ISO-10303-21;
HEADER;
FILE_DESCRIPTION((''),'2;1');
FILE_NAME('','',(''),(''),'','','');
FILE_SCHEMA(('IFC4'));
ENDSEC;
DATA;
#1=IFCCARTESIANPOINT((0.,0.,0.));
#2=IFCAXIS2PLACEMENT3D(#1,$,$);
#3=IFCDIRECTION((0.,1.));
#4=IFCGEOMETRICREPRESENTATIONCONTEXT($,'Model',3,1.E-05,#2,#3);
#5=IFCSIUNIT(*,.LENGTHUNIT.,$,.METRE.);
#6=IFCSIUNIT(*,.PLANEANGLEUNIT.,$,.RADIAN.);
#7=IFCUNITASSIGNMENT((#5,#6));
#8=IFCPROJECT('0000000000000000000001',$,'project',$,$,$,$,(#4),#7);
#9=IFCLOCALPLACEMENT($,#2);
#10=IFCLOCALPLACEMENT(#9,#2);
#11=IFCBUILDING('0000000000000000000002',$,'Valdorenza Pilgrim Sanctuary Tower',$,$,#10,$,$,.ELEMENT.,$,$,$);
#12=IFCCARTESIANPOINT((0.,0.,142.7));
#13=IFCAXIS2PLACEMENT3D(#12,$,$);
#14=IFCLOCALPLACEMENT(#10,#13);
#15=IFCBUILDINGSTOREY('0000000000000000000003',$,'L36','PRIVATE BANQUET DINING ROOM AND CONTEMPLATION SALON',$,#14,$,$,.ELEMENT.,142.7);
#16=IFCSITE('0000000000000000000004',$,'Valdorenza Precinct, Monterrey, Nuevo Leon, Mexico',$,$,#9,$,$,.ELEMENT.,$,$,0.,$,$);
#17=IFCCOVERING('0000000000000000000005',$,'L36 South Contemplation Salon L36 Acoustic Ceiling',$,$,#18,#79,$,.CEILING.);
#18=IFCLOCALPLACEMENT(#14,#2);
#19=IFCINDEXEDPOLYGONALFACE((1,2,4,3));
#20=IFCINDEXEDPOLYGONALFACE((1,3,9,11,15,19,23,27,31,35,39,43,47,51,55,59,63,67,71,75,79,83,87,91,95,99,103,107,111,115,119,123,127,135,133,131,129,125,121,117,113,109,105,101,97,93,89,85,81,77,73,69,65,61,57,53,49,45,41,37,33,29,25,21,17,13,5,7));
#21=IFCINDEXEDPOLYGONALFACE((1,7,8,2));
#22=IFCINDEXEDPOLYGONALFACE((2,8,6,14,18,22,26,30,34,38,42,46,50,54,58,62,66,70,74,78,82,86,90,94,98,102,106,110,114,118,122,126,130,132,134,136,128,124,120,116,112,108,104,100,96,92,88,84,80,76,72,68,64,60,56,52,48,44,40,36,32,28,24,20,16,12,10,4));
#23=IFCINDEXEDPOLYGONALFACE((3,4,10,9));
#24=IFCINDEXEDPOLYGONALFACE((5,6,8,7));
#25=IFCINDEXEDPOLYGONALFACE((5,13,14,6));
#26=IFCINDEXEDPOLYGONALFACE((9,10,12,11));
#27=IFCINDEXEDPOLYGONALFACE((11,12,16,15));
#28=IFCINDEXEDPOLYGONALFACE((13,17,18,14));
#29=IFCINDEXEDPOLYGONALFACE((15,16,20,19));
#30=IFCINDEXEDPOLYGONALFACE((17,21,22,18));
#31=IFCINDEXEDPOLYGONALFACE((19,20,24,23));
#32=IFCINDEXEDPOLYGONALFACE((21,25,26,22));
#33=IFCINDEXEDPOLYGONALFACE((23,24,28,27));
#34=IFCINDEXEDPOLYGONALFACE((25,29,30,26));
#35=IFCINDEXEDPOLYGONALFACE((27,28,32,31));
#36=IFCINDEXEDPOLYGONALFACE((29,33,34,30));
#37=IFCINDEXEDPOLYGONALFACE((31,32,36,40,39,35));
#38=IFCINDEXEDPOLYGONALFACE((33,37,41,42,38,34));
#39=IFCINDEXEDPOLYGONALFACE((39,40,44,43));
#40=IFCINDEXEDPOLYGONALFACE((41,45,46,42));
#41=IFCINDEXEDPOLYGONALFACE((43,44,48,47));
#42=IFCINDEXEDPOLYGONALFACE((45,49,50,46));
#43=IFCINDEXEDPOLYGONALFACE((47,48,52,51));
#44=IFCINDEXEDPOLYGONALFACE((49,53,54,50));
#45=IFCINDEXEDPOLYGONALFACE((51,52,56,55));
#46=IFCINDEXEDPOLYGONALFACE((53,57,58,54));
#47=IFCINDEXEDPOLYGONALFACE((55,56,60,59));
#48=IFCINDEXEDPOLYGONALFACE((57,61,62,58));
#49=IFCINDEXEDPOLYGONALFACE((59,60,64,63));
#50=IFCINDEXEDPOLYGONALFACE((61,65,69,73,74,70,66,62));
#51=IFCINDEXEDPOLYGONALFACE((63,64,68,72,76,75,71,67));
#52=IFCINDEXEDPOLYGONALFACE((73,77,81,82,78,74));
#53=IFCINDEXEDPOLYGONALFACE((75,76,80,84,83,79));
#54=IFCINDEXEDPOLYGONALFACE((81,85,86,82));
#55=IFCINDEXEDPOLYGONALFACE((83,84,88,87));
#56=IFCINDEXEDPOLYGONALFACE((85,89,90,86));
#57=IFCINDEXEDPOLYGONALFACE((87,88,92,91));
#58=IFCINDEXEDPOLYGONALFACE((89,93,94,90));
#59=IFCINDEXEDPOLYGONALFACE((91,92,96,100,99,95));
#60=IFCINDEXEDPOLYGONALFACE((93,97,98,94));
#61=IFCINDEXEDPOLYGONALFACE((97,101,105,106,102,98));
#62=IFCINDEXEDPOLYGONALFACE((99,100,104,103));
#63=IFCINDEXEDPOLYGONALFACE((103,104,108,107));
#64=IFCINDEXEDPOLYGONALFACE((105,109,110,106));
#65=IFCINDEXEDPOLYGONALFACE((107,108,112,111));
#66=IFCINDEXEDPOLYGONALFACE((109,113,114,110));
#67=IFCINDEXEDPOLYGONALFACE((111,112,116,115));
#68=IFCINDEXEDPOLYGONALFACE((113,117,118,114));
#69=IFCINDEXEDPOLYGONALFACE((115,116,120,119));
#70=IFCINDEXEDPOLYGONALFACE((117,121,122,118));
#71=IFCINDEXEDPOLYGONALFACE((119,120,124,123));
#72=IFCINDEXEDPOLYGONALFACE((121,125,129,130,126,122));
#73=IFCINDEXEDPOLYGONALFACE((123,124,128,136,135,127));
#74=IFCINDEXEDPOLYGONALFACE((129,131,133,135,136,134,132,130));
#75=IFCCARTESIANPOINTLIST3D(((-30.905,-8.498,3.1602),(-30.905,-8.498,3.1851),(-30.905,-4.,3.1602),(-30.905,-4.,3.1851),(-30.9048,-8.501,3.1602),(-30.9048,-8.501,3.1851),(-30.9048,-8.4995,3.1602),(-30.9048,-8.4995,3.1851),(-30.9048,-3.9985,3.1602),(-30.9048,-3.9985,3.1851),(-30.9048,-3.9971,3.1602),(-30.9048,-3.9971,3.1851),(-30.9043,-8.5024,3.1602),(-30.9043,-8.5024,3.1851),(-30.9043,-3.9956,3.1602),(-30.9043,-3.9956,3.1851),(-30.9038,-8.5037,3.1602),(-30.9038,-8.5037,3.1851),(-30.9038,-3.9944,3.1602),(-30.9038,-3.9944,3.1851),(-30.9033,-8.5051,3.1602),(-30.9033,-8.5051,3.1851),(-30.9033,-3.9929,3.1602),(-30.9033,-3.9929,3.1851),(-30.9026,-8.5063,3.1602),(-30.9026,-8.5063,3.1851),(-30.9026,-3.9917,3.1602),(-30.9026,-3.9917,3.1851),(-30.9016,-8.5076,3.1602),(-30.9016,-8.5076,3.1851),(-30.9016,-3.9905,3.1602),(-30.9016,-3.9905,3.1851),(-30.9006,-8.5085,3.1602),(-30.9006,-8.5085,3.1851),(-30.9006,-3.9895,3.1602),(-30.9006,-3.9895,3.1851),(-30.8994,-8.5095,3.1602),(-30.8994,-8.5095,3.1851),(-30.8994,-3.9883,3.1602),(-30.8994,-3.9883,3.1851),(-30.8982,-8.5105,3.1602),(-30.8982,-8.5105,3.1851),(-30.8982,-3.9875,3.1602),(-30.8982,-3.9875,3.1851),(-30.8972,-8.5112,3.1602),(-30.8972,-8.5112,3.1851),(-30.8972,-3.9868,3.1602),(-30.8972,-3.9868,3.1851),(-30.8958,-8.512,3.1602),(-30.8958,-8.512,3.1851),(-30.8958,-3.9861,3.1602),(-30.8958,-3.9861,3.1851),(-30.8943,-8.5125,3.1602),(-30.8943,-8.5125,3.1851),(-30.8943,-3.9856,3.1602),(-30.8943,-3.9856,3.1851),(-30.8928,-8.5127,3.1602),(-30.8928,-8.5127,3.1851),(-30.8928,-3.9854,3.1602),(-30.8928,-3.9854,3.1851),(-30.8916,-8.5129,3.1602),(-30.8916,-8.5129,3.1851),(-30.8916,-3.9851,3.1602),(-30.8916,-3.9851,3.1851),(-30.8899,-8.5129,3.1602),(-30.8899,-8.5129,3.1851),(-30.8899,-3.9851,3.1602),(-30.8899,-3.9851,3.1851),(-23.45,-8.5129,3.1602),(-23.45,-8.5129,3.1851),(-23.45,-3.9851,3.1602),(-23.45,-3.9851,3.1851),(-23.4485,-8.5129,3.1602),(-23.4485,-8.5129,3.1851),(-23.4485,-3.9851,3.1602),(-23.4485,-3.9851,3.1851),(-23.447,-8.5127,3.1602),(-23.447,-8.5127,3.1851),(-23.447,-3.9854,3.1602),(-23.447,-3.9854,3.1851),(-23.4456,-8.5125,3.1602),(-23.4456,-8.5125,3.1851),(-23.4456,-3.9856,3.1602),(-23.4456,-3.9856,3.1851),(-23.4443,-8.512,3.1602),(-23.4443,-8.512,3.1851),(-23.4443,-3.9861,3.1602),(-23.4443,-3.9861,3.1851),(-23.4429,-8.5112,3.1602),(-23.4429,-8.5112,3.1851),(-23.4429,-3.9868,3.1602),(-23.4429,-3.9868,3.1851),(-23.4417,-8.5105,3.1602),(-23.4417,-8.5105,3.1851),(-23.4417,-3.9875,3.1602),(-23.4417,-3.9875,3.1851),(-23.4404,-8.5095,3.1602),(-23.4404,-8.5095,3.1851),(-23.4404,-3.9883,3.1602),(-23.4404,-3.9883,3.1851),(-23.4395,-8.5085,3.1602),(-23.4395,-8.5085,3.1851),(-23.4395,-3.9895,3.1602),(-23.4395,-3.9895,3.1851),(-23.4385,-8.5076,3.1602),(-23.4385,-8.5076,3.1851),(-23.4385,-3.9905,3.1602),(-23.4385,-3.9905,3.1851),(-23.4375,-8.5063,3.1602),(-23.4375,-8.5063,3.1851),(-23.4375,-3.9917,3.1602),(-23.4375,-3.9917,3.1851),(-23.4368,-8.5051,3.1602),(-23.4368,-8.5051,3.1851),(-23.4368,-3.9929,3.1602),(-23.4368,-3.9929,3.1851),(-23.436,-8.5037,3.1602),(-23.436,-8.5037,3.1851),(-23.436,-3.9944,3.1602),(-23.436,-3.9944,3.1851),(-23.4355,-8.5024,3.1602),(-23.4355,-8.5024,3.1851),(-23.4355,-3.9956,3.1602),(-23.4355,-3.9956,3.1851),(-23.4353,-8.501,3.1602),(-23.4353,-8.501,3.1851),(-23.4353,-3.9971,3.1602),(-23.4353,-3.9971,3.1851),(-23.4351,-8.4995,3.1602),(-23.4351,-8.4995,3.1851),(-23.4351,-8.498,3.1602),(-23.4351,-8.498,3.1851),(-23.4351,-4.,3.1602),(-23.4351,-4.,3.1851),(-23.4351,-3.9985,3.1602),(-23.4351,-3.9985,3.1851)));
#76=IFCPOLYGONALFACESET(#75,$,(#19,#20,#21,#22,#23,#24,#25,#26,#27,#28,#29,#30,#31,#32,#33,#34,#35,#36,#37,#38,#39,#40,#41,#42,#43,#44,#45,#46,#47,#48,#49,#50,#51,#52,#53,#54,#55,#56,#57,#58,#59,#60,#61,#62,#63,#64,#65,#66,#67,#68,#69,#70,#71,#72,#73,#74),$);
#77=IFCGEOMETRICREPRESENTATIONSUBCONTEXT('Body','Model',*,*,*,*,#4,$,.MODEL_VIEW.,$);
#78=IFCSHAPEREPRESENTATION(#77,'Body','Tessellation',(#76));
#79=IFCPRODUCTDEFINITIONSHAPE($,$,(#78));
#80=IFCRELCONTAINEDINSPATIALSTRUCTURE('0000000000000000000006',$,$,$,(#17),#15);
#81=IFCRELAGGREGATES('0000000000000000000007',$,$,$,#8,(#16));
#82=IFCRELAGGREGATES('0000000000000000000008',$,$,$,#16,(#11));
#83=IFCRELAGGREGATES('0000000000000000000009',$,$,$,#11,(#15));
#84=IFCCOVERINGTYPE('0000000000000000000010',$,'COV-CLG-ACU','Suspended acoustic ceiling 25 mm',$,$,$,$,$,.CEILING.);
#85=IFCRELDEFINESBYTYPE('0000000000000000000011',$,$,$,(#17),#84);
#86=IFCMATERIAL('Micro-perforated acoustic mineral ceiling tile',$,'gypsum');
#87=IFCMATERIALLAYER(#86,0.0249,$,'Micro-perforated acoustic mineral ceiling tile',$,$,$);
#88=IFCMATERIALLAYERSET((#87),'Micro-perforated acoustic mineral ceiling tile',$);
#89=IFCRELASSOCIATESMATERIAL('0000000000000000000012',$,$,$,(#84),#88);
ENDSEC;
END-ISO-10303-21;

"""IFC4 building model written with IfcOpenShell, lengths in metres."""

from ifc_helpers import new_model, si_unit, direction, frame, origin, place, context, subcontext, project, spatial, polyline, outline, extrude, material, layer, layer_set, type_object, element, save


model = new_model("IFC4")

# Units and contexts
model_context = context("Model", 3, precision=1e-05, world=origin(), true_north=direction((0.0, 1.0)))
body_context = subcontext(model_context, "Body", "Model", "MODEL_VIEW")
ifc_project = project(units=[si_unit("LENGTHUNIT", "METRE"), si_unit("PLANEANGLEUNIT", "RADIAN")], contexts=[model_context])

# Site, building, storey
site_placement = place(None, origin())
site = spatial("IfcSite", under=ifc_project, at=site_placement, Name="Valdorenza Precinct, Monterrey, Nuevo Leon, Mexico", CompositionType="ELEMENT", RefElevation=0.0)
building_placement = place(site_placement, origin())
building = spatial("IfcBuilding", under=site, at=building_placement, Name="Valdorenza Pilgrim Sanctuary Tower", CompositionType="ELEMENT")
storey_placement = place(building_placement, frame((0.0, 0.0, 142.7)))
storey = spatial("IfcBuildingStorey", under=building, at=storey_placement, Name="L36", Description="PRIVATE BANQUET DINING ROOM AND CONTEMPLATION SALON", CompositionType="ELEMENT", Elevation=142.7)

# Covering
ifc_material_1 = material(Name="Micro-perforated acoustic mineral ceiling tile", Category="gypsum")
ifc_layer_1 = layer(ifc_material_1, 0.0249, Name="Micro-perforated acoustic mineral ceiling tile")
ifc_layer_set_1 = layer_set([ifc_layer_1], Name="Micro-perforated acoustic mineral ceiling tile")
covering_type_1 = type_object("IfcCoveringType", Name="COV-CLG-ACU", Description="Suspended acoustic ceiling 25 mm", PredefinedType="CEILING", material=ifc_layer_set_1)
covering_1_placement = place(storey_placement, frame((0.0, 0.0, 3.1602)))
element("IfcCovering", 1, at=covering_1_placement, inside=storey, type_object=covering_type_1, Name="L36 South Contemplation Salon L36 Acoustic Ceiling", PredefinedType="CEILING", context=body_context, shape_type="SweptSolid", body=[
    extrude(outline(polyline([(-23.4351, -8.498), (-23.4351, -8.4995), (-23.4353, -8.501), (-23.4355, -8.5024), (-23.436, -8.5037), (-23.4368, -8.5051), (-23.4375, -8.5063), (-23.4385, -8.5076), (-23.4395, -8.5085), (-23.4404, -8.5095), (-23.4417, -8.5105), (-23.4429, -8.5112), (-23.4443, -8.512), (-23.4456, -8.5125), (-23.447, -8.5127), (-23.4485, -8.5129), (-23.45, -8.5129), (-30.8899, -8.5129), (-30.8916, -8.5129), (-30.8928, -8.5127), (-30.8943, -8.5125), (-30.8958, -8.512), (-30.8972, -8.5112), (-30.8982, -8.5105), (-30.8994, -8.5095), (-30.9006, -8.5085), (-30.9016, -8.5076), (-30.9026, -8.5063), (-30.9033, -8.5051), (-30.9038, -8.5037), (-30.9043, -8.5024), (-30.9048, -8.501), (-30.9048, -8.4995), (-30.905, -8.498), (-30.905, -4.0), (-30.9048, -3.9985), (-30.9048, -3.9971), (-30.9043, -3.9956), (-30.9038, -3.9944), (-30.9033, -3.9929), (-30.9026, -3.9917), (-30.9016, -3.9905), (-30.9006, -3.9895), (-30.8994, -3.9883), (-30.8982, -3.9875), (-30.8972, -3.9868), (-30.8958, -3.9861), (-30.8943, -3.9856), (-30.8928, -3.9854), (-30.8916, -3.9851), (-30.8899, -3.9851), (-23.45, -3.9851), (-23.4485, -3.9851), (-23.447, -3.9854), (-23.4456, -3.9856), (-23.4443, -3.9861), (-23.4429, -3.9868), (-23.4417, -3.9875), (-23.4404, -3.9883), (-23.4395, -3.9895), (-23.4385, -3.9905), (-23.4375, -3.9917), (-23.4368, -3.9929), (-23.436, -3.9944), (-23.4355, -3.9956), (-23.4353, -3.9971), (-23.4351, -3.9985), (-23.4351, -4.0), (-23.4351, -8.498)])), origin(), (0.0, 0.0, 1.0), 0.0249),
])

save(model, "model.ifc")
